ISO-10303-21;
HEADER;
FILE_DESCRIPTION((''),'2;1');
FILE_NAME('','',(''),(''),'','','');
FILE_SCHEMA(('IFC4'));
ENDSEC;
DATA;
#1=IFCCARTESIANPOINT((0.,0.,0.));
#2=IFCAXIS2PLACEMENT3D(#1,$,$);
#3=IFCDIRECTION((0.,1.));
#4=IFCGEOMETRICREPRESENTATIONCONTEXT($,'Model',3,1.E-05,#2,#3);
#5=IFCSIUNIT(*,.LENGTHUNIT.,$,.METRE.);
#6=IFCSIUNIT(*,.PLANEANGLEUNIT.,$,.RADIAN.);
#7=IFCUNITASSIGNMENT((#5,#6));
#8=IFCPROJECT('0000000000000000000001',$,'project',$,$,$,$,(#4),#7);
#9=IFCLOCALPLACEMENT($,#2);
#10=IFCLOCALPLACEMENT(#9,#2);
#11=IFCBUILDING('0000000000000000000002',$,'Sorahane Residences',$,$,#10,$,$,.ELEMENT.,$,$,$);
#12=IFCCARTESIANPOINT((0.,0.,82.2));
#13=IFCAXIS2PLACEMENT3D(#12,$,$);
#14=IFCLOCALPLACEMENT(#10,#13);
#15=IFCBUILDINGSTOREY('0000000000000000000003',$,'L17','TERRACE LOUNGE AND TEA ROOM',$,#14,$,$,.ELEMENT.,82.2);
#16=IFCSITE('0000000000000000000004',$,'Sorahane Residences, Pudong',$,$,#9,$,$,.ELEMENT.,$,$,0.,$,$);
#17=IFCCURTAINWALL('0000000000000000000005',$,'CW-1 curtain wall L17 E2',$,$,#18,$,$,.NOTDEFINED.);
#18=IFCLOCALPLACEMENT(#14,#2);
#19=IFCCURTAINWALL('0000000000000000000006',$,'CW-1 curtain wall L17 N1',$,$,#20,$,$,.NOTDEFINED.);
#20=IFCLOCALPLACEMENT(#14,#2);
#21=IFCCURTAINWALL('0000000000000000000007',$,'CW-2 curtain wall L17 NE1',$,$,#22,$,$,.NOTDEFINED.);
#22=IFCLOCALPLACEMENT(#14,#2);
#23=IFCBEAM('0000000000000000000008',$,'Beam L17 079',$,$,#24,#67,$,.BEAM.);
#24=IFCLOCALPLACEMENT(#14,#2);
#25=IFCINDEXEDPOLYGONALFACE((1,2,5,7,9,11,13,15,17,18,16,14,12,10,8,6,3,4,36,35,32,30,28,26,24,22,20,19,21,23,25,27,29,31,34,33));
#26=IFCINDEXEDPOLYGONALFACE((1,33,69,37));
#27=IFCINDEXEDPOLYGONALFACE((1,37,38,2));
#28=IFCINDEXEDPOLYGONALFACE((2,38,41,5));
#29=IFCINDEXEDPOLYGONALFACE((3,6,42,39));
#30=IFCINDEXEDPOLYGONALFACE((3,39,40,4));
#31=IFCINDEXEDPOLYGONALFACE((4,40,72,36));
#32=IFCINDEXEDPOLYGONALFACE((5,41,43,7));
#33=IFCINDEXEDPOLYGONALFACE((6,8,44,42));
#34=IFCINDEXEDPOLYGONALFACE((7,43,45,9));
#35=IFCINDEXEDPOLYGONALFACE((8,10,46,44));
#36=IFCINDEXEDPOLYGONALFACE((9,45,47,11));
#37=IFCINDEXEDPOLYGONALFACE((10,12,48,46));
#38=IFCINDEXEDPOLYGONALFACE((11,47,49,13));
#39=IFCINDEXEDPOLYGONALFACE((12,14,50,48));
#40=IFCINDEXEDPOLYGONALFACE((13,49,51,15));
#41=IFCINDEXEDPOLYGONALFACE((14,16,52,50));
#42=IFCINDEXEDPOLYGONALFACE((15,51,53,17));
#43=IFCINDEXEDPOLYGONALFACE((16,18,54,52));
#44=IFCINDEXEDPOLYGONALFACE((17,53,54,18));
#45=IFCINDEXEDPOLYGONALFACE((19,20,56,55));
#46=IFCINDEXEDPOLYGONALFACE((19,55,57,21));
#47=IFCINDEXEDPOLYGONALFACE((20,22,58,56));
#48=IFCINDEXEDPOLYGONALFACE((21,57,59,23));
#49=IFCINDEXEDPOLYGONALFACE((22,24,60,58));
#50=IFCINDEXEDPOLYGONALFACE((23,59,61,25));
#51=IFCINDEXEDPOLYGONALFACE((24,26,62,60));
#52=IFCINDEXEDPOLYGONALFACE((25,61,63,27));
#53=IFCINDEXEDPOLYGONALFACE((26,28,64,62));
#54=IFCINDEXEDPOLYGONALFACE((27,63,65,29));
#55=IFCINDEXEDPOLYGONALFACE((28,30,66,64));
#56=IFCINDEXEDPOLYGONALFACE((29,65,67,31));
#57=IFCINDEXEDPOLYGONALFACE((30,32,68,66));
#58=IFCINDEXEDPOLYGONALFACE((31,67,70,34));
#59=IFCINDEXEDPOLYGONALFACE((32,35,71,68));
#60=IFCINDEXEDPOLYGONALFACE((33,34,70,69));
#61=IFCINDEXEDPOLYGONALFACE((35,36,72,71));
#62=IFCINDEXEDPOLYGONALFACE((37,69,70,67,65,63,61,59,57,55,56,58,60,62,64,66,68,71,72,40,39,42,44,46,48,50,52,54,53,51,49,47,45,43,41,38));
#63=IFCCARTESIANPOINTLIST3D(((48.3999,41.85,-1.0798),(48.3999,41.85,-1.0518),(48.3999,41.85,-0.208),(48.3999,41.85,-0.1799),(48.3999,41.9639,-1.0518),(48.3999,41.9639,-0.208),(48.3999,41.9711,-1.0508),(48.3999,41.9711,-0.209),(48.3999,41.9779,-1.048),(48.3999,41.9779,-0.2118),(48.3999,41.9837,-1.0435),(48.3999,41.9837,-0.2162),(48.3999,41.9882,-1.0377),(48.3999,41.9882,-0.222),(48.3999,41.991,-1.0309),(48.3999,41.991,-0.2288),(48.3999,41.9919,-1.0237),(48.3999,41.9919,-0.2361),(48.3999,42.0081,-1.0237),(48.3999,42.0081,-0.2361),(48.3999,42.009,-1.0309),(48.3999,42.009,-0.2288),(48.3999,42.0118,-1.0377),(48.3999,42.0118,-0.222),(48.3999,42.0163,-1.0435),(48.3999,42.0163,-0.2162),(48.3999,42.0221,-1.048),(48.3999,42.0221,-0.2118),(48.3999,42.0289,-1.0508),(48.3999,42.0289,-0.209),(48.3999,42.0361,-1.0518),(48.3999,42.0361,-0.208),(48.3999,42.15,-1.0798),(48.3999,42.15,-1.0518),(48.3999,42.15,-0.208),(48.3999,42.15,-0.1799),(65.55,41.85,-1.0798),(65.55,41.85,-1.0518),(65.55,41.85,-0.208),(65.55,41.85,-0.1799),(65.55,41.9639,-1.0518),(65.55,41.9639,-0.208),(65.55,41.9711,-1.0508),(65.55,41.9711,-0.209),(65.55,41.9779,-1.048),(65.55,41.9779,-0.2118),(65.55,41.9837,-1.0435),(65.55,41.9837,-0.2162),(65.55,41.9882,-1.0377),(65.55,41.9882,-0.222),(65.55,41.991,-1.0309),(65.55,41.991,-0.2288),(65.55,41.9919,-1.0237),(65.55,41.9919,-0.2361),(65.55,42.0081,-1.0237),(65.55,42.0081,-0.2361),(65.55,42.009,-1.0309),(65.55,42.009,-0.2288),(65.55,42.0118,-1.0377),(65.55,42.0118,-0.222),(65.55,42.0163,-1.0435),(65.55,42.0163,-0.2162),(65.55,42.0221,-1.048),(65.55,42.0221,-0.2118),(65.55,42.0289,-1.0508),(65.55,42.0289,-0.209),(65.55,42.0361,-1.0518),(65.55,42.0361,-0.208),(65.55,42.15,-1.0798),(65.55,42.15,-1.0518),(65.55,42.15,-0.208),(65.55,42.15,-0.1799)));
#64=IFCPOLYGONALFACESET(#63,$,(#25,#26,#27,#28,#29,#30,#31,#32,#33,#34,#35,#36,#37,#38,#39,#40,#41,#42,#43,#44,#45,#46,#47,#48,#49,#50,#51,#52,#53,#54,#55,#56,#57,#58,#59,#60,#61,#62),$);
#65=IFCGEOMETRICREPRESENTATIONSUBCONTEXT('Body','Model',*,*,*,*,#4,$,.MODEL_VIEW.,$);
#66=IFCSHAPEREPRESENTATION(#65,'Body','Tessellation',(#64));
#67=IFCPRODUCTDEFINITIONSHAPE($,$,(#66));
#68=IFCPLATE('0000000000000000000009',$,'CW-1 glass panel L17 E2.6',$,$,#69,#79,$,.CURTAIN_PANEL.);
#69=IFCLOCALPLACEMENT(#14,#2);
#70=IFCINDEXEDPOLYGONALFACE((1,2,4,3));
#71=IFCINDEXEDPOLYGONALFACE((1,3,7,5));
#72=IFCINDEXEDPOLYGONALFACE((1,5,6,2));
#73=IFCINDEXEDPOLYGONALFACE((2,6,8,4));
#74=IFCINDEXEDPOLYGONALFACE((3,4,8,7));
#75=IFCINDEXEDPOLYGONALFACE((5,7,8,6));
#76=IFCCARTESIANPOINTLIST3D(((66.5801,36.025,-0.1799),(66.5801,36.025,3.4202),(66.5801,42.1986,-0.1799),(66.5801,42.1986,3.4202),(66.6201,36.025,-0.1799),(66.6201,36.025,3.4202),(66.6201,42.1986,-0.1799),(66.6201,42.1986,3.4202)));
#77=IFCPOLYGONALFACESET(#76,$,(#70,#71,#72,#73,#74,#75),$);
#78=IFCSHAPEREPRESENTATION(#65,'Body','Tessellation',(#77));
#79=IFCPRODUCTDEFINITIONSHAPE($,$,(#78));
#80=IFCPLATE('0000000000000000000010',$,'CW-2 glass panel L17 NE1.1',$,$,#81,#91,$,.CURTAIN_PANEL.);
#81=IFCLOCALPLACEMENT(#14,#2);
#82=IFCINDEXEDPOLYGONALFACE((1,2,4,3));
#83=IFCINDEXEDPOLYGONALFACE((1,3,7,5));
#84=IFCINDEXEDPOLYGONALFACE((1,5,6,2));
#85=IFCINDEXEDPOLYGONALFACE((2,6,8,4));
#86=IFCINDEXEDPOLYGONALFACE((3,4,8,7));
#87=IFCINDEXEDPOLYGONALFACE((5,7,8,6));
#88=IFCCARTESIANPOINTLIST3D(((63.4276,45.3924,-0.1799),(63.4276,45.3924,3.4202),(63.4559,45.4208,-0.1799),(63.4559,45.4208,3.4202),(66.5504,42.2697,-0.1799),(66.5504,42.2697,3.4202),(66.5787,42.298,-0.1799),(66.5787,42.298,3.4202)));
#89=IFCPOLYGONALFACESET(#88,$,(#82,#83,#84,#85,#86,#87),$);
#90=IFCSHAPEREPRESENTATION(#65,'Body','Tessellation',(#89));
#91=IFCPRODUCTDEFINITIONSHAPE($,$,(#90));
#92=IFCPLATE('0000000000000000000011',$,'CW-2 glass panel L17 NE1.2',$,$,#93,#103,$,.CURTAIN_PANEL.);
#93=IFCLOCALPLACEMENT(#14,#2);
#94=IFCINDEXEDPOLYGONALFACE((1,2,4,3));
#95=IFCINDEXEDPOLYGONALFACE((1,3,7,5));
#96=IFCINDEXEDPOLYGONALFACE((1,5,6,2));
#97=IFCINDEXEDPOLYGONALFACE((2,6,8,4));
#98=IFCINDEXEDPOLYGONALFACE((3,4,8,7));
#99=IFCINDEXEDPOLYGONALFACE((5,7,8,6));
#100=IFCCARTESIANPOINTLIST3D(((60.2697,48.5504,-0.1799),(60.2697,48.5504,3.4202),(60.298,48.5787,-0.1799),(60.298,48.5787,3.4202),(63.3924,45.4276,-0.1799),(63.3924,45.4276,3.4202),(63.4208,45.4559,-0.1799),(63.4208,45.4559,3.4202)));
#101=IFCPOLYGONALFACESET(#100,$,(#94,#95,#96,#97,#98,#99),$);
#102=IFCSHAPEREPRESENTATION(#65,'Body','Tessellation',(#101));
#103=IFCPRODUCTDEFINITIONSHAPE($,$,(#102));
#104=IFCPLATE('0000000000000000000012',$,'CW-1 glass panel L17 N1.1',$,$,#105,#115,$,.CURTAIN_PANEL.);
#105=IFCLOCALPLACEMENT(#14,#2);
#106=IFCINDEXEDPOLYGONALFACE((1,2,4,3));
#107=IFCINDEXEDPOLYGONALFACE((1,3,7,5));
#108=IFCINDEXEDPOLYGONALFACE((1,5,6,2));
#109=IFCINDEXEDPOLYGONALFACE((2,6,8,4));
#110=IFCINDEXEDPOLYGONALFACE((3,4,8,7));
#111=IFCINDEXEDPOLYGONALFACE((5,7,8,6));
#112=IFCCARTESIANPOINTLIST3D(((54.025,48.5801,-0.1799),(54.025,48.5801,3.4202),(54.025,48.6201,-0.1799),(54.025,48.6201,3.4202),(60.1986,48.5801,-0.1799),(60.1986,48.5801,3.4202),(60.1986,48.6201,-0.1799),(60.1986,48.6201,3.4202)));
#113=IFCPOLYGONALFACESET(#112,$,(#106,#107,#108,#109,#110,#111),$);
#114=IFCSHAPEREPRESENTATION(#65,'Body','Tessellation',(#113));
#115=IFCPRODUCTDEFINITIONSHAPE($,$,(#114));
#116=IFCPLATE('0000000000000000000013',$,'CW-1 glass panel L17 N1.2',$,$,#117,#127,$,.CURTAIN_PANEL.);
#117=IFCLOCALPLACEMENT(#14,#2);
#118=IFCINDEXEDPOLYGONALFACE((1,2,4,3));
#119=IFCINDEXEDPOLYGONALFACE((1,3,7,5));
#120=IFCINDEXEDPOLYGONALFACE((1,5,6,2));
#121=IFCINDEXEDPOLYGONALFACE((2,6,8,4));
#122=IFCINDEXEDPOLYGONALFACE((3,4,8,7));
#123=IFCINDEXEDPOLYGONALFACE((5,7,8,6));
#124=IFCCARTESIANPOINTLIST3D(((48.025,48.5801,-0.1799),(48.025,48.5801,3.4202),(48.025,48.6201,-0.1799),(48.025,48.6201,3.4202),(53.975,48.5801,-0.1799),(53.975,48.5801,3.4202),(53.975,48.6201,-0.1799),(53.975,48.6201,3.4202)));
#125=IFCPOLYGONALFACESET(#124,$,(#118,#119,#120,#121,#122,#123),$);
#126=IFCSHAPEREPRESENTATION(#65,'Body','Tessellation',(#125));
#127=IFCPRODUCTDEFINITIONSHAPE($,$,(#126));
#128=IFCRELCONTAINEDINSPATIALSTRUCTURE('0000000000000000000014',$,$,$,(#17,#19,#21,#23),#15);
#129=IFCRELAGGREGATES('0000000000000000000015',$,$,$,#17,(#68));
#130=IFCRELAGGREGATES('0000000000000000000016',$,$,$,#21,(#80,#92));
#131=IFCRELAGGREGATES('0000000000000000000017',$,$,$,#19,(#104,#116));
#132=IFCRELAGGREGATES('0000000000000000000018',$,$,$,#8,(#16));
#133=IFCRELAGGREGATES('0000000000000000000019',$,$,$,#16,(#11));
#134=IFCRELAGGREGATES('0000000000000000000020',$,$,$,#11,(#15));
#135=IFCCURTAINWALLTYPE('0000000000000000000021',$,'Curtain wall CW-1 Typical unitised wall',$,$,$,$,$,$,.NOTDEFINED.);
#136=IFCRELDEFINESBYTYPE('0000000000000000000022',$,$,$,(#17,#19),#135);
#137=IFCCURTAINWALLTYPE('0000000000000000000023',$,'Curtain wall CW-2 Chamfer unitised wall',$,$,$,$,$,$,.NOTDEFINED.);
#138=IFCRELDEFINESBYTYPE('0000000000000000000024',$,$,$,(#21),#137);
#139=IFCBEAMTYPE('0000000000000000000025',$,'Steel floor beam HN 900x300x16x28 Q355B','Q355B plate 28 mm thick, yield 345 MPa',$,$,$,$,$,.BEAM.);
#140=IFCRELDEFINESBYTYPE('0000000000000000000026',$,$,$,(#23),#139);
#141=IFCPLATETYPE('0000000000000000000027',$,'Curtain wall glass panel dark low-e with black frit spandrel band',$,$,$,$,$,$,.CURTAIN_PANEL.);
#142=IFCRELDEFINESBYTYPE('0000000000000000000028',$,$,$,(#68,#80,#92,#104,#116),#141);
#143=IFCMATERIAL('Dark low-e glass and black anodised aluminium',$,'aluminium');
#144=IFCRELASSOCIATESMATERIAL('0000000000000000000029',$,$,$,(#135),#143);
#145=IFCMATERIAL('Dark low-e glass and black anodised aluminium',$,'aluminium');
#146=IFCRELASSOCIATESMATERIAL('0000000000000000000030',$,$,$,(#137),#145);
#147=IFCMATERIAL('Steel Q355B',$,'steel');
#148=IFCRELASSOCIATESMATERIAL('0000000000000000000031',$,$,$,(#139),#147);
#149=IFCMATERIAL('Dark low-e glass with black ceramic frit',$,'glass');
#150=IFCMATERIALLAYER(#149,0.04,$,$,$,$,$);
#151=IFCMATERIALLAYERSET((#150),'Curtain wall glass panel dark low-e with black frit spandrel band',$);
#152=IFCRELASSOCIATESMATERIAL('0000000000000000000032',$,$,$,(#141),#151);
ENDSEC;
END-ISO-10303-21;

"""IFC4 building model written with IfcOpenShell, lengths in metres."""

from ifc_helpers import new_model, si_unit, direction, frame, origin, origin_2d, place, context, subcontext, project, spatial, rectangle, i_section, extrude, material, layer, layer_set, material_profile, profile_set, type_object, element, aggregate, save


model = new_model("IFC4")

# Units and contexts
model_context = context("Model", 3, precision=1e-05, world=origin(), true_north=direction((0.0, 1.0)))
body_context = subcontext(model_context, "Body", "Model", "MODEL_VIEW")
ifc_project = project(units=[si_unit("LENGTHUNIT", "METRE"), si_unit("PLANEANGLEUNIT", "RADIAN")], contexts=[model_context])

# Site, building, storey
site_placement = place(None, origin())
site = spatial("IfcSite", under=ifc_project, at=site_placement, Name="Sorahane Residences, Pudong", CompositionType="ELEMENT", RefElevation=0.0)
building_placement = place(site_placement, origin())
building = spatial("IfcBuilding", under=site, at=building_placement, Name="Sorahane Residences", CompositionType="ELEMENT")
storey_placement = place(building_placement, frame((0.0, 0.0, 82.2)))
storey = spatial("IfcBuildingStorey", under=building, at=storey_placement, Name="L17", Description="TERRACE LOUNGE AND TEA ROOM", CompositionType="ELEMENT", Elevation=82.2)

# Curtain walls
ifc_material_1 = material(Name="Dark low-e glass and black anodised aluminium", Category="aluminium")
curtain_wall_type_1 = type_object("IfcCurtainWallType", Name="Curtain wall CW-1 Typical unitised wall", PredefinedType="NOTDEFINED", material=ifc_material_1)
curtain_wall_1_placement = place(storey_placement, origin())
curtain_wall_1 = element("IfcCurtainWall", 1, at=curtain_wall_1_placement, inside=storey, type_object=curtain_wall_type_1, Name="CW-1 curtain wall L17 E2", PredefinedType="NOTDEFINED")
curtain_wall_2_placement = place(storey_placement, origin())
curtain_wall_2 = element("IfcCurtainWall", 2, at=curtain_wall_2_placement, inside=storey, type_object=curtain_wall_type_1, Name="CW-1 curtain wall L17 N1", PredefinedType="NOTDEFINED")
ifc_material_2 = material(Name="Dark low-e glass and black anodised aluminium", Category="aluminium")
curtain_wall_type_2 = type_object("IfcCurtainWallType", Name="Curtain wall CW-2 Chamfer unitised wall", PredefinedType="NOTDEFINED", material=ifc_material_2)
curtain_wall_3_placement = place(storey_placement, origin())
curtain_wall_3 = element("IfcCurtainWall", 3, at=curtain_wall_3_placement, inside=storey, type_object=curtain_wall_type_2, Name="CW-2 curtain wall L17 NE1", PredefinedType="NOTDEFINED")

# Beam
ifc_material_3 = material(Name="Steel Q355B", Category="steel")
ifc_material_profile_1 = material_profile(ifc_material_3, i_section(OverallWidth=0.3, OverallDepth=0.8999, WebThickness=0.0161, FlangeThickness=0.0281, FilletRadius=0.0281, at=origin_2d()), Name="HN 900x300x16x28")
ifc_profile_set_1 = profile_set([ifc_material_profile_1], Name="Steel Q355B")
beam_type_1 = type_object("IfcBeamType", Name="Steel floor beam HN 900x300x16x28 Q355B", Description="Q355B plate 28 mm thick, yield 345 MPa", PredefinedType="BEAM", material=ifc_profile_set_1)
beam_1_placement = place(storey_placement, frame((48.3999, 42.0, -0.6299), z_axis=(1.0, 0.0, 0.0), x_axis=(0.0, 1.0, 0.0)))
element("IfcBeam", 4, at=beam_1_placement, inside=storey, type_object=beam_type_1, Name="Beam L17 079", PredefinedType="BEAM", context=body_context, shape_type="SweptSolid", body=[
    extrude(i_section(OverallWidth=0.3, OverallDepth=0.8999, WebThickness=0.0161, FlangeThickness=0.0281, FilletRadius=0.0281, at=origin_2d()), origin(), (0.0, 0.0, 1.0), 17.1501),
])

# Plates
ifc_material_4 = material(Name="Dark low-e glass with black ceramic frit", Category="glass")
ifc_layer_1 = layer(ifc_material_4, 0.04)
ifc_layer_set_1 = layer_set([ifc_layer_1], Name="Curtain wall glass panel dark low-e with black frit spandrel band")
plate_type = type_object("IfcPlateType", Name="Curtain wall glass panel dark low-e with black frit spandrel band", PredefinedType="CURTAIN_PANEL", material=ifc_layer_set_1)
plate_1_placement = place(storey_placement, frame((66.6001, 39.1118, -0.1799), z_axis=(0.0, 0.0, 1.0), x_axis=(0.0, 1.0, 0.0)))
plate_1 = element("IfcPlate", 5, at=plate_1_placement, type_object=plate_type, Name="CW-1 glass panel L17 E2.6", PredefinedType="CURTAIN_PANEL", context=body_context, shape_type="SweptSolid", body=[
    extrude(rectangle(XDim=6.1736, YDim=0.04, at=origin_2d()), origin(), (0.0, 0.0, 1.0), 3.6001),
])
aggregate(curtain_wall_1, [plate_1])
plate_2_placement = place(storey_placement, frame((65.0032, 43.8452, -0.1799), z_axis=(0.0, 0.0, 1.0), x_axis=(-0.707107, 0.707107, 0.0)))
plate_2 = element("IfcPlate", 6, at=plate_2_placement, type_object=plate_type, Name="CW-2 glass panel L17 NE1.1", PredefinedType="CURTAIN_PANEL", context=body_context, shape_type="SweptSolid", body=[
    extrude(rectangle(XDim=4.4163, YDim=0.04, at=origin_2d()), origin(), (0.0, 0.0, 1.0), 3.6001),
])
plate_3_placement = place(storey_placement, frame((61.8452, 47.0032, -0.1799), z_axis=(0.0, 0.0, 1.0), x_axis=(-0.707107, 0.707107, 0.0)))
plate_3 = element("IfcPlate", 7, at=plate_3_placement, type_object=plate_type, Name="CW-2 glass panel L17 NE1.2", PredefinedType="CURTAIN_PANEL", context=body_context, shape_type="SweptSolid", body=[
    extrude(rectangle(XDim=4.4163, YDim=0.04, at=origin_2d()), origin(), (0.0, 0.0, 1.0), 3.6001),
])
aggregate(curtain_wall_3, [plate_2, plate_3])
plate_4_placement = place(storey_placement, frame((57.1118, 48.6001, -0.1799), z_axis=(0.0, 0.0, 1.0), x_axis=(-1.0, 0.0, 0.0)))
plate_4 = element("IfcPlate", 8, at=plate_4_placement, type_object=plate_type, Name="CW-1 glass panel L17 N1.1", PredefinedType="CURTAIN_PANEL", context=body_context, shape_type="SweptSolid", body=[
    extrude(rectangle(XDim=6.1736, YDim=0.04, at=origin_2d()), origin(), (0.0, 0.0, 1.0), 3.6001),
])
plate_5_placement = place(storey_placement, frame((51.0, 48.6001, -0.1799), z_axis=(0.0, 0.0, 1.0), x_axis=(-1.0, 0.0, 0.0)))
plate_5 = element("IfcPlate", 9, at=plate_5_placement, type_object=plate_type, Name="CW-1 glass panel L17 N1.2", PredefinedType="CURTAIN_PANEL", context=body_context, shape_type="SweptSolid", body=[
    extrude(rectangle(XDim=5.95, YDim=0.04, at=origin_2d()), origin(), (0.0, 0.0, 1.0), 3.6001),
])
aggregate(curtain_wall_2, [plate_4, plate_5])

save(model, "model.ifc")
